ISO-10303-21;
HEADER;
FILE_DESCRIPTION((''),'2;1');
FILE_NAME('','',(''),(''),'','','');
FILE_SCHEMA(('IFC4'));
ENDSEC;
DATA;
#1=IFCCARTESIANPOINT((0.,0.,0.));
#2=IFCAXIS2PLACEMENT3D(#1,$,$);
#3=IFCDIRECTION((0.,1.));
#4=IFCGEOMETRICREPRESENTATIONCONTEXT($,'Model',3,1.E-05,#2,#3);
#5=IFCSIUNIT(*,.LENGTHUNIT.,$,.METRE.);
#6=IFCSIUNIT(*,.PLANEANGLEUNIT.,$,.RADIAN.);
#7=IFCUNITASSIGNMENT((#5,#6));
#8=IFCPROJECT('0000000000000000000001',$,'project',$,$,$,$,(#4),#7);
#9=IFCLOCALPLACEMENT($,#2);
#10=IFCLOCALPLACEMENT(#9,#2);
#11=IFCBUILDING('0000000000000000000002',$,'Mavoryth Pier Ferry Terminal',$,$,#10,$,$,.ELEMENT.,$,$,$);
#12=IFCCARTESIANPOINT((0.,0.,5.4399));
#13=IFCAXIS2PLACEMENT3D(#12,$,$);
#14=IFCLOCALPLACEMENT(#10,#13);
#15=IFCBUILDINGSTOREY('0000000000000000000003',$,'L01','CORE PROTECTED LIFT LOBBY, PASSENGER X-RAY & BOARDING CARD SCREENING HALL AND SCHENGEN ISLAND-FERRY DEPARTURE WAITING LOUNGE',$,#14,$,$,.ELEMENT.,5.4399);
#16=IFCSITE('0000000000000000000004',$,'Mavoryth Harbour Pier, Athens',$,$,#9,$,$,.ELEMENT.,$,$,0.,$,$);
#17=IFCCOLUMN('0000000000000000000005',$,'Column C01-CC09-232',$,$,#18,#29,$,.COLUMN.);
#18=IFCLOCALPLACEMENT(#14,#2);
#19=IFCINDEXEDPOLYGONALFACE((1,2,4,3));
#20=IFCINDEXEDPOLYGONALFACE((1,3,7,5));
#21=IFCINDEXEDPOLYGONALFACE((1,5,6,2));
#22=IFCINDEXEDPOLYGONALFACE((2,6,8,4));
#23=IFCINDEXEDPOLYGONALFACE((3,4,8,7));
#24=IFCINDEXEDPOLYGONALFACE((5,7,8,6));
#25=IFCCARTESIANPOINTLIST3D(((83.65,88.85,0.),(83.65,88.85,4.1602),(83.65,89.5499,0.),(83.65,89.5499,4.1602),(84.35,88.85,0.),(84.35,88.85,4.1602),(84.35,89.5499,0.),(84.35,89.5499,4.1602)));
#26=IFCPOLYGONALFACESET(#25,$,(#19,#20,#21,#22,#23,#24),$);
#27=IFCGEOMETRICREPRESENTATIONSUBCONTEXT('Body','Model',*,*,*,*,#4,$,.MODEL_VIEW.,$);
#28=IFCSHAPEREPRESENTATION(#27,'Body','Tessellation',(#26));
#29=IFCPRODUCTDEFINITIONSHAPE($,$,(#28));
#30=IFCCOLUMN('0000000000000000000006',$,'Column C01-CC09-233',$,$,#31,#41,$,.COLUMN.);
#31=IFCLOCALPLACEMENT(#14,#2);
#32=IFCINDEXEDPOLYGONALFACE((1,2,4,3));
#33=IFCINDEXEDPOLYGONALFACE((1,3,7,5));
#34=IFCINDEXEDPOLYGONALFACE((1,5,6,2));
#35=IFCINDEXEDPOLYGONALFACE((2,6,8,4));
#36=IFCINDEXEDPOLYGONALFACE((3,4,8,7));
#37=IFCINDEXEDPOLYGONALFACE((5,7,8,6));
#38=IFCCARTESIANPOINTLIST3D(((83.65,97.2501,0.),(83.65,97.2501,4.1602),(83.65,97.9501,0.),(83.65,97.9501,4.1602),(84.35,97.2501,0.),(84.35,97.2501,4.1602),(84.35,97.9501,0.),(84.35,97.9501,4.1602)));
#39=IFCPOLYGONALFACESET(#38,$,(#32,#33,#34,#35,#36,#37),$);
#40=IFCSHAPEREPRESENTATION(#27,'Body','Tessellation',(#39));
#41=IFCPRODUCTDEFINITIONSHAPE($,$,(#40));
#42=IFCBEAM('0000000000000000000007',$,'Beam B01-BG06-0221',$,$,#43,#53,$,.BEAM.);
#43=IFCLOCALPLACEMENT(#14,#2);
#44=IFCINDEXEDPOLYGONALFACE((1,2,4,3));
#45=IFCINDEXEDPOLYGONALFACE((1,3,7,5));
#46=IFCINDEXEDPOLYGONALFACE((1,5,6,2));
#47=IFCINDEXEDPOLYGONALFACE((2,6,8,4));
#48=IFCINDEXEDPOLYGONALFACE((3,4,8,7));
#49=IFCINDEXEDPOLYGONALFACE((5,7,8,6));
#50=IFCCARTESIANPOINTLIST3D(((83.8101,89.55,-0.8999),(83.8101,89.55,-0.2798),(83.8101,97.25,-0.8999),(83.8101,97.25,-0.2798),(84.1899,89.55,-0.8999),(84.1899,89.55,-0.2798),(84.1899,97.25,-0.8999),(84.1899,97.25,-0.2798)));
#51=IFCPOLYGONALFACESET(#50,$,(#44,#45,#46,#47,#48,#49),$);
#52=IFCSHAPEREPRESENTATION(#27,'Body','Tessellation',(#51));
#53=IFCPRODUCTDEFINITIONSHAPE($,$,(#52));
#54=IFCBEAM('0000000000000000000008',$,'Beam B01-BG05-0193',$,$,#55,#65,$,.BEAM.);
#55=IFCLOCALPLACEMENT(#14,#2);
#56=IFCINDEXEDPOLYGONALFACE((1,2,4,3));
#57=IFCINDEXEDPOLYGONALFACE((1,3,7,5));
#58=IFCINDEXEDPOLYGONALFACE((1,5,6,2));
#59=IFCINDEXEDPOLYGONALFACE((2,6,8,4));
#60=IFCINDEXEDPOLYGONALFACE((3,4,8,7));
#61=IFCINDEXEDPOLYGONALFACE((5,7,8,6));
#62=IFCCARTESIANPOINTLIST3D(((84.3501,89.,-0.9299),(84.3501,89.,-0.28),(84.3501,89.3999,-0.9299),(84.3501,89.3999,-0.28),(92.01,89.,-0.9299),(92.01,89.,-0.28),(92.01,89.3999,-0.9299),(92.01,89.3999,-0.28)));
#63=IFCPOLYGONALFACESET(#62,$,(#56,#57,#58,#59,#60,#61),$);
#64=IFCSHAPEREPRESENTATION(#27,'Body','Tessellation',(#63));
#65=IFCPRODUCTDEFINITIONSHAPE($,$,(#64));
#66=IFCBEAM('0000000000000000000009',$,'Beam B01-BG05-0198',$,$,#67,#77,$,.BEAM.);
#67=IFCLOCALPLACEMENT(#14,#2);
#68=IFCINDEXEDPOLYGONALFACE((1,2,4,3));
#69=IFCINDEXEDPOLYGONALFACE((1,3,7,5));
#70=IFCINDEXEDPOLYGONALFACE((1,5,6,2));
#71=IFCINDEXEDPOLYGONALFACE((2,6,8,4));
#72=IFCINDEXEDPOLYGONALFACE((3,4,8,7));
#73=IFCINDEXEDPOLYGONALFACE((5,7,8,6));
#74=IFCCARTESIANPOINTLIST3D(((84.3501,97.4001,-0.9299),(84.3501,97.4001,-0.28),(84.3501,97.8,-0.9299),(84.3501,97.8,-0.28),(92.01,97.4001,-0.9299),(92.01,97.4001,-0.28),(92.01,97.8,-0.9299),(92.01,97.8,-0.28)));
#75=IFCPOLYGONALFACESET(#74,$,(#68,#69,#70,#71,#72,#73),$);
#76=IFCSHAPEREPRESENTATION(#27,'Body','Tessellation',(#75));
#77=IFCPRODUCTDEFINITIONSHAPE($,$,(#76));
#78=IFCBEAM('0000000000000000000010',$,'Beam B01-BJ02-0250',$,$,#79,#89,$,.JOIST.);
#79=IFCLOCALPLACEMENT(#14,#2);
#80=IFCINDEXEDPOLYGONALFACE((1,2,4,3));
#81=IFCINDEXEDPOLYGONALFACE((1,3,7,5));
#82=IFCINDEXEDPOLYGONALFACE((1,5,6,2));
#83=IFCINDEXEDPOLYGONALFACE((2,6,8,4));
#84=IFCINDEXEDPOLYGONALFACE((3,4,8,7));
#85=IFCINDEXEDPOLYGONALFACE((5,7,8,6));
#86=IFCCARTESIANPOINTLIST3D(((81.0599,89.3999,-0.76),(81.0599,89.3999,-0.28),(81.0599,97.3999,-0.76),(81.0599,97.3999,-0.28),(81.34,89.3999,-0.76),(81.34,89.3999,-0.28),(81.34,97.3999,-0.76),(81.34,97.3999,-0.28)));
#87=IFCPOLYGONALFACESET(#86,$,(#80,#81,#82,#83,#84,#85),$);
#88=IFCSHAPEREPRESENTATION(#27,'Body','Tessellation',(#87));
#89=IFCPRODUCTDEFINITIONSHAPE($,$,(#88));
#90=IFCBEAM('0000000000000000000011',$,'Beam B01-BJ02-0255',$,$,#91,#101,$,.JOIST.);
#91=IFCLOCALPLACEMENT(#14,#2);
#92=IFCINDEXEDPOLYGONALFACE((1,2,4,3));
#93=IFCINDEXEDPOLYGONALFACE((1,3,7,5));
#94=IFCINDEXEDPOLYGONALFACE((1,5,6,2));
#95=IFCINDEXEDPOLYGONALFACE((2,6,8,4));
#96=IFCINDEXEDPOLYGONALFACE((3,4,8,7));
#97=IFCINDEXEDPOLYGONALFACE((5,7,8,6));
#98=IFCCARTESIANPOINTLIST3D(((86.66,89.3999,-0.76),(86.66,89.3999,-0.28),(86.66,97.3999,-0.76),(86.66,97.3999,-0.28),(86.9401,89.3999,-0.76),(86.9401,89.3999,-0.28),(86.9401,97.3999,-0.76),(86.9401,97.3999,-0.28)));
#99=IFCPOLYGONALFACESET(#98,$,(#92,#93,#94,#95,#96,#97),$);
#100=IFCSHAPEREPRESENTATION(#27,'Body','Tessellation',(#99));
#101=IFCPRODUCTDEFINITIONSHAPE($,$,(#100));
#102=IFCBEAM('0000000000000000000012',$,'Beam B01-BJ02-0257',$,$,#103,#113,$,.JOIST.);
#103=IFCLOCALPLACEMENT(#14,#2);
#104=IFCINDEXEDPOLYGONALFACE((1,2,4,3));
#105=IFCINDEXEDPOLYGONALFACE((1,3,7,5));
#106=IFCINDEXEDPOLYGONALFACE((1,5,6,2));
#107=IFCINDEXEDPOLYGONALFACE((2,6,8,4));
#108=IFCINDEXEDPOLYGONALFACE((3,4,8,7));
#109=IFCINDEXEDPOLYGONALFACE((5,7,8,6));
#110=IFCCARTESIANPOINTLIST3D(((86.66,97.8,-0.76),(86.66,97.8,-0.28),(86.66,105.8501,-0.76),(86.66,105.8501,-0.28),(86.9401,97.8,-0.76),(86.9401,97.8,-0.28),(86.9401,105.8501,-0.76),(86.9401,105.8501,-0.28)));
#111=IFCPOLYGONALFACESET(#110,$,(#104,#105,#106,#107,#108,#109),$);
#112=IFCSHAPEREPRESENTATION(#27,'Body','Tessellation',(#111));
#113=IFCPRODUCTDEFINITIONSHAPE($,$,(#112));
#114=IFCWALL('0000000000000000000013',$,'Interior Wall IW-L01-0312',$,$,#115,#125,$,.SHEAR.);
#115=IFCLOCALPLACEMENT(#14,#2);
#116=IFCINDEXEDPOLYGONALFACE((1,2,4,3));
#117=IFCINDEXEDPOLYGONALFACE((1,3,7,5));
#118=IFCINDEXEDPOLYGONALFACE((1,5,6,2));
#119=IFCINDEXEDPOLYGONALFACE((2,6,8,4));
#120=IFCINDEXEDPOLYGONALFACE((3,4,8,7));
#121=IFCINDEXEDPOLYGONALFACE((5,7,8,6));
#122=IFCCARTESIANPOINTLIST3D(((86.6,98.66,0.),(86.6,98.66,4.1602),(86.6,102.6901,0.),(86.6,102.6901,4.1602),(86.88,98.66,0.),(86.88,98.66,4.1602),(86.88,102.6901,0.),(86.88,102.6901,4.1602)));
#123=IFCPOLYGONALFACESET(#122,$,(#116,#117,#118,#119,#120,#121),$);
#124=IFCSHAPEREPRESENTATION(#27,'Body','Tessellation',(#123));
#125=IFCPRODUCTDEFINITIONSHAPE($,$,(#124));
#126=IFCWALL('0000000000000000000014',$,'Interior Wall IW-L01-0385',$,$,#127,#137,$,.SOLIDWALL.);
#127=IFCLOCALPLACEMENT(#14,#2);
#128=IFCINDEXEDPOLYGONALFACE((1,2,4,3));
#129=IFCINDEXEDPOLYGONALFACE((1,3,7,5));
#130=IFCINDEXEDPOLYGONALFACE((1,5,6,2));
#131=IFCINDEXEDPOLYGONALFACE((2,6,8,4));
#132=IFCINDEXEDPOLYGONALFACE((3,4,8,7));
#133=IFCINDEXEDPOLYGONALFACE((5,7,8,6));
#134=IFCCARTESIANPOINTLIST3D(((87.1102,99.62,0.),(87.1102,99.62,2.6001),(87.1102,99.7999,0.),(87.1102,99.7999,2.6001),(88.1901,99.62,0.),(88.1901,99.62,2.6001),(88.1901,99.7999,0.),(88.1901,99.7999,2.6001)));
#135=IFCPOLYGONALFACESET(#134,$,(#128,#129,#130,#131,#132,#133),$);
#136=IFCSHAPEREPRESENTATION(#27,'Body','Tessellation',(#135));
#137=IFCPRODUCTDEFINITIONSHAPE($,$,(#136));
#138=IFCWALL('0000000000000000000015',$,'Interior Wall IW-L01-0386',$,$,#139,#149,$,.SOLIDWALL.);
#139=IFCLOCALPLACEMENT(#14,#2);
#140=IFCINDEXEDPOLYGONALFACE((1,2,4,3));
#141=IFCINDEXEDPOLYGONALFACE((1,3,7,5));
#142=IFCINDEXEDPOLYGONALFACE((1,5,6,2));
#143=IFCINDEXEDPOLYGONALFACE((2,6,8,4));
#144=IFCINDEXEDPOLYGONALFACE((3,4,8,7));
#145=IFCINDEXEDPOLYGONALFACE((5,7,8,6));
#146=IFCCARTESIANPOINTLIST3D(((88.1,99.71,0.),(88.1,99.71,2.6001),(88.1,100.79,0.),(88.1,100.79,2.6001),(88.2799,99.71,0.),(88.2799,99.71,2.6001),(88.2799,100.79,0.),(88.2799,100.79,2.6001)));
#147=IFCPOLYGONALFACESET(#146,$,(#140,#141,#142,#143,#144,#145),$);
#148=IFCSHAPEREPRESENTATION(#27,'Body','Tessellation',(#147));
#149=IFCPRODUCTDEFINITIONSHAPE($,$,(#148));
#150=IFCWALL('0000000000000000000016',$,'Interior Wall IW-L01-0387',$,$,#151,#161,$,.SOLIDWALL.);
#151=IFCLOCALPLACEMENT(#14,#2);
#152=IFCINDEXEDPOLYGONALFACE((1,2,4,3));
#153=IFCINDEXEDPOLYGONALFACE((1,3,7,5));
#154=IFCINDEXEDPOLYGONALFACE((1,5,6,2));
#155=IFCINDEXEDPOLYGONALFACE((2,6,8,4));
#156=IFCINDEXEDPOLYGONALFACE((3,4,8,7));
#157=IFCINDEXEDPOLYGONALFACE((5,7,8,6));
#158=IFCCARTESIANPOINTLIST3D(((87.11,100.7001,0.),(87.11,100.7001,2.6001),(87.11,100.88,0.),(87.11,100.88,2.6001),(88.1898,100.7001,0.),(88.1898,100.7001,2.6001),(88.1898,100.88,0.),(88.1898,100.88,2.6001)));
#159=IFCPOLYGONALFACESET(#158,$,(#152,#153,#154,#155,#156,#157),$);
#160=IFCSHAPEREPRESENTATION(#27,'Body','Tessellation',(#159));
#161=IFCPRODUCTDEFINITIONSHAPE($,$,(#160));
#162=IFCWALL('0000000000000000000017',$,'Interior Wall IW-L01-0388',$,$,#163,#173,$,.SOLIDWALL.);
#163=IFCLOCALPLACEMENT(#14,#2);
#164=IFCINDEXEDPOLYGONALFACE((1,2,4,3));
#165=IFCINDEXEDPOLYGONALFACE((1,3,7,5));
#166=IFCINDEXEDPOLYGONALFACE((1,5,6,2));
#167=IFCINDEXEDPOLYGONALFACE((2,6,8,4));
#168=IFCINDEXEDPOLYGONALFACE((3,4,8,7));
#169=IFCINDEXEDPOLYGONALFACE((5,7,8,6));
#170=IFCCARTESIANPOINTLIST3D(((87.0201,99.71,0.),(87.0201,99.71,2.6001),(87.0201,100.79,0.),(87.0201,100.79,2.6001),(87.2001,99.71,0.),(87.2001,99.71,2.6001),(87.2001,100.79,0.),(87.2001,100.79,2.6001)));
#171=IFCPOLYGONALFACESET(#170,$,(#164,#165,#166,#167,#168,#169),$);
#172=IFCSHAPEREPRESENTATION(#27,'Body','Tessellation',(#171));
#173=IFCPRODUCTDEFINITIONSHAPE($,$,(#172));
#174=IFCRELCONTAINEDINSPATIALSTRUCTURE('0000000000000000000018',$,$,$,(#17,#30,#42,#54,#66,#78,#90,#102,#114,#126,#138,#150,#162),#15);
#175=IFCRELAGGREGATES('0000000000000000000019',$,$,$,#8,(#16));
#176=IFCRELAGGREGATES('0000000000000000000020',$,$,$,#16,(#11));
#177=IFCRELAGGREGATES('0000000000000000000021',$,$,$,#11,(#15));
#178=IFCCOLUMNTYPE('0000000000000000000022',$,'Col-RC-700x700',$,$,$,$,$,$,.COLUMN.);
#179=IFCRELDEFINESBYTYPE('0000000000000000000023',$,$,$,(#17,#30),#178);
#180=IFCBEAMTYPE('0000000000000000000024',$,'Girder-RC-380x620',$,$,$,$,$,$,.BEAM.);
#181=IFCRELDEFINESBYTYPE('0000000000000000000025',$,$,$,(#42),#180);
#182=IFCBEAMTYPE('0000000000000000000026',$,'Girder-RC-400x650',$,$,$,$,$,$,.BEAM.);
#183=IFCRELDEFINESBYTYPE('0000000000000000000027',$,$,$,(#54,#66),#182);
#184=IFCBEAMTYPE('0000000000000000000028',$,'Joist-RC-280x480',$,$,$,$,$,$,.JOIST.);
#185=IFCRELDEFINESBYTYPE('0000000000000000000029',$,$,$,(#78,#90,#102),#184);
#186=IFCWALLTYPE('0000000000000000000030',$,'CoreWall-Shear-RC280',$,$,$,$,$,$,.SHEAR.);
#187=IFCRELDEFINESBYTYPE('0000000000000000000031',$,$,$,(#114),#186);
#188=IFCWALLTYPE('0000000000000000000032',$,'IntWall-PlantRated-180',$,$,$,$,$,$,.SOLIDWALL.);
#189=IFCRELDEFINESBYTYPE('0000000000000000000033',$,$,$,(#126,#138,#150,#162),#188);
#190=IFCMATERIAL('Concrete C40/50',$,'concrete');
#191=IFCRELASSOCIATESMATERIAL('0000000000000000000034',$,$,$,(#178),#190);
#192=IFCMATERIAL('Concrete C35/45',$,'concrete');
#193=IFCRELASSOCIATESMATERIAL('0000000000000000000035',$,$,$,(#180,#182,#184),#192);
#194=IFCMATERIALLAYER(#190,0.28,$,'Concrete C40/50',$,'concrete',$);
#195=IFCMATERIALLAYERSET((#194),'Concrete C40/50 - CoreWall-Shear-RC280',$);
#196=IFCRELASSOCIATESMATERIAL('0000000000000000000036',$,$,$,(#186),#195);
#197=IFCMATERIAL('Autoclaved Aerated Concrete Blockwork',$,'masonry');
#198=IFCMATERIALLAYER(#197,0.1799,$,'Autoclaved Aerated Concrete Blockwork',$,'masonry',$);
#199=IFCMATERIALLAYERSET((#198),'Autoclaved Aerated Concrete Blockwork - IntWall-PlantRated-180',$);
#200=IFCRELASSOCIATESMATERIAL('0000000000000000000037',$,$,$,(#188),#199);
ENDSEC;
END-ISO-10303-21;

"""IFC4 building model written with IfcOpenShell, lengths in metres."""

from ifc_helpers import new_model, si_unit, direction, frame, frame_2d, origin, origin_2d, place, context, subcontext, project, spatial, rectangle, extrude, material, layer, layer_set, material_profile, profile_set, type_object, element, save


model = new_model("IFC4")

# Units and contexts
model_context = context("Model", 3, precision=1e-05, world=origin(), true_north=direction((0.0, 1.0)))
body_context = subcontext(model_context, "Body", "Model", "MODEL_VIEW")
ifc_project = project(units=[si_unit("LENGTHUNIT", "METRE"), si_unit("PLANEANGLEUNIT", "RADIAN")], contexts=[model_context])

# Site, building, storey
site_placement = place(None, origin())
site = spatial("IfcSite", under=ifc_project, at=site_placement, Name="Mavoryth Harbour Pier, Athens", CompositionType="ELEMENT", RefElevation=0.0)
building_placement = place(site_placement, origin())
building = spatial("IfcBuilding", under=site, at=building_placement, Name="Mavoryth Pier Ferry Terminal", CompositionType="ELEMENT")
storey_placement = place(building_placement, frame((0.0, 0.0, 5.4399)))
storey = spatial("IfcBuildingStorey", under=building, at=storey_placement, Name="L01", Description="CORE PROTECTED LIFT LOBBY, PASSENGER X-RAY & BOARDING CARD SCREENING HALL AND SCHENGEN ISLAND-FERRY DEPARTURE WAITING LOUNGE", CompositionType="ELEMENT", Elevation=5.4399)

# Columns
ifc_material_1 = material(Name="Concrete C40/50", Category="concrete")
ifc_material_profile_1 = material_profile(ifc_material_1, rectangle(XDim=0.7, YDim=0.7, at=origin_2d()), Name="RC 700x700", Category="concrete")
ifc_profile_set_1 = profile_set([ifc_material_profile_1], Name="Concrete C40/50 - RC 700x700")
column_type = type_object("IfcColumnType", Name="Col-RC-700x700", PredefinedType="COLUMN", material=ifc_profile_set_1)
for number, where, z_axis, x_axis, name in (
    (1, (84.0, 89.2, 0.0), (0.0, 0.0, 1.0), (1.0, 0.0, 0.0), "Column C01-CC09-232"),
    (2, (84.0, 97.6001, 0.0), (0.0, 0.0, 1.0), (1.0, 0.0, 0.0), "Column C01-CC09-233"),
):
    element("IfcColumn", number, at=place(storey_placement, frame(where, z_axis=z_axis, x_axis=x_axis)), inside=storey, type_object=column_type, Name=name, PredefinedType="COLUMN", context=body_context, shape_type="SweptSolid", body=[
        extrude(rectangle(XDim=0.7, YDim=0.7, at=origin_2d()), origin(), (0.0, 0.0, 1.0), 4.1602),
    ])

# Beams
ifc_material_2 = material(Name="Concrete C35/45", Category="concrete")
ifc_material_profile_2 = material_profile(ifc_material_2, rectangle(XDim=0.3799, YDim=0.6201, at=origin_2d()), Name="RC 380x620", Category="concrete")
ifc_profile_set_2 = profile_set([ifc_material_profile_2], Name="Concrete C35/45 - RC 380x620")
beam_type_1 = type_object("IfcBeamType", Name="Girder-RC-380x620", PredefinedType="BEAM", material=ifc_profile_set_2)
beam_1_placement = place(storey_placement, frame((84.0, 89.55, -0.5898), z_axis=(0.0, 1.0, 0.0), x_axis=(-1.0, 0.0, 0.0)))
element("IfcBeam", 3, at=beam_1_placement, inside=storey, type_object=beam_type_1, Name="Beam B01-BG06-0221", PredefinedType="BEAM", context=body_context, shape_type="SweptSolid", body=[
    extrude(rectangle(XDim=0.3799, YDim=0.6201, at=origin_2d()), origin(), (0.0, 0.0, 1.0), 7.7),
])
ifc_material_profile_3 = material_profile(ifc_material_2, rectangle(XDim=0.3999, YDim=0.6499, at=origin_2d()), Name="RC 400x650", Category="concrete")
ifc_profile_set_3 = profile_set([ifc_material_profile_3], Name="Concrete C35/45 - RC 400x650")
beam_type_2 = type_object("IfcBeamType", Name="Girder-RC-400x650", PredefinedType="BEAM", material=ifc_profile_set_3)
for number, where, z_axis, x_axis, name in (
    (4, (84.3501, 89.2, -0.605), (1.0, 0.0, 0.0), (0.0, 1.0, 0.0), "Beam B01-BG05-0193"),
    (5, (84.3501, 97.6001, -0.605), (1.0, 0.0, 0.0), (0.0, 1.0, 0.0), "Beam B01-BG05-0198"),
):
    element("IfcBeam", number, at=place(storey_placement, frame(where, z_axis=z_axis, x_axis=x_axis)), inside=storey, type_object=beam_type_2, Name=name, PredefinedType="BEAM", context=body_context, shape_type="SweptSolid", body=[
        extrude(rectangle(XDim=0.3999, YDim=0.6499, at=origin_2d()), origin(), (0.0, 0.0, 1.0), 7.6599),
    ])
ifc_material_profile_4 = material_profile(ifc_material_2, rectangle(XDim=0.28, YDim=0.48, at=origin_2d()), Name="RC 280x480", Category="concrete")
ifc_profile_set_4 = profile_set([ifc_material_profile_4], Name="Concrete C35/45 - RC 280x480")
beam_type_3 = type_object("IfcBeamType", Name="Joist-RC-280x480", PredefinedType="JOIST", material=ifc_profile_set_4)
for number, where, z_axis, x_axis, name in (
    (6, (81.2, 89.3999, -0.52), (0.0, 1.0, 0.0), (-1.0, 0.0, 0.0), "Beam B01-BJ02-0250"),
    (7, (86.8, 89.3999, -0.52), (0.0, 1.0, 0.0), (-1.0, 0.0, 0.0), "Beam B01-BJ02-0255"),
):
    element("IfcBeam", number, at=place(storey_placement, frame(where, z_axis=z_axis, x_axis=x_axis)), inside=storey, type_object=beam_type_3, Name=name, PredefinedType="JOIST", context=body_context, shape_type="SweptSolid", body=[
        extrude(rectangle(XDim=0.28, YDim=0.48, at=origin_2d()), origin(), (0.0, 0.0, 1.0), 8.0),
    ])
beam_2_placement = place(storey_placement, frame((86.8, 97.8, -0.52), z_axis=(0.0, 1.0, 0.0), x_axis=(-1.0, 0.0, 0.0)))
element("IfcBeam", 8, at=beam_2_placement, inside=storey, type_object=beam_type_3, Name="Beam B01-BJ02-0257", PredefinedType="JOIST", context=body_context, shape_type="SweptSolid", body=[
    extrude(rectangle(XDim=0.28, YDim=0.48, at=origin_2d()), origin(), (0.0, 0.0, 1.0), 8.05),
])

# Walls
ifc_layer_1 = layer(ifc_material_1, 0.28, Name="Concrete C40/50", Category="concrete")
ifc_layer_set_1 = layer_set([ifc_layer_1], Name="Concrete C40/50 - CoreWall-Shear-RC280")
wall_type_1 = type_object("IfcWallType", Name="CoreWall-Shear-RC280", PredefinedType="SHEAR", material=ifc_layer_set_1)
wall_1_placement = place(storey_placement, frame((86.74, 98.6599, 0.0), z_axis=(0.0, 0.0, 1.0), x_axis=(0.0, 1.0, 0.0)))
element("IfcWall", 9, at=wall_1_placement, inside=storey, type_object=wall_type_1, Name="Interior Wall IW-L01-0312", PredefinedType="SHEAR", context=body_context, shape_type="SweptSolid", body=[
    extrude(rectangle(XDim=4.03, YDim=0.28, at=frame_2d((2.0151, 0.0))), origin(), (0.0, 0.0, 1.0), 4.1602),
])
ifc_material_3 = material(Name="Autoclaved Aerated Concrete Blockwork", Category="masonry")
ifc_layer_2 = layer(ifc_material_3, 0.1799, Name="Autoclaved Aerated Concrete Blockwork", Category="masonry")
ifc_layer_set_2 = layer_set([ifc_layer_2], Name="Autoclaved Aerated Concrete Blockwork - IntWall-PlantRated-180")
wall_type_2 = type_object("IfcWallType", Name="IntWall-PlantRated-180", PredefinedType="SOLIDWALL", material=ifc_layer_set_2)
wall_2_placement = place(storey_placement, frame((87.1101, 99.71, 0.0), z_axis=(0.0, 0.0, 1.0), x_axis=(1.0, 0.0, 0.0)))
element("IfcWall", 10, at=wall_2_placement, inside=storey, type_object=wall_type_2, Name="Interior Wall IW-L01-0385", PredefinedType="SOLIDWALL", context=body_context, shape_type="SweptSolid", body=[
    extrude(rectangle(XDim=1.0798, YDim=0.1799, at=frame_2d((0.54, 0.0))), origin(), (0.0, 0.0, 1.0), 2.6001),
])
wall_3_placement = place(storey_placement, frame((88.1899, 99.71, 0.0), z_axis=(0.0, 0.0, 1.0), x_axis=(0.0, 1.0, 0.0)))
element("IfcWall", 11, at=wall_3_placement, inside=storey, type_object=wall_type_2, Name="Interior Wall IW-L01-0386", PredefinedType="SOLIDWALL", context=body_context, shape_type="SweptSolid", body=[
    extrude(rectangle(XDim=1.0801, YDim=0.1799, at=frame_2d((0.54, 0.0))), origin(), (0.0, 0.0, 1.0), 2.6001),
])
wall_4_placement = place(storey_placement, frame((88.1899, 100.79, 0.0), z_axis=(0.0, 0.0, 1.0), x_axis=(-1.0, 0.0, 0.0)))
element("IfcWall", 12, at=wall_4_placement, inside=storey, type_object=wall_type_2, Name="Interior Wall IW-L01-0387", PredefinedType="SOLIDWALL", context=body_context, shape_type="SweptSolid", body=[
    extrude(rectangle(XDim=1.0798, YDim=0.1799, at=frame_2d((0.54, 0.0))), origin(), (0.0, 0.0, 1.0), 2.6001),
])
wall_5_placement = place(storey_placement, frame((87.1101, 100.79, 0.0), z_axis=(0.0, 0.0, 1.0), x_axis=(0.0, -1.0, 0.0)))
element("IfcWall", 13, at=wall_5_placement, inside=storey, type_object=wall_type_2, Name="Interior Wall IW-L01-0388", PredefinedType="SOLIDWALL", context=body_context, shape_type="SweptSolid", body=[
    extrude(rectangle(XDim=1.0801, YDim=0.1799, at=frame_2d((0.54, 0.0))), origin(), (0.0, 0.0, 1.0), 2.6001),
])

save(model, "model.ifc")
